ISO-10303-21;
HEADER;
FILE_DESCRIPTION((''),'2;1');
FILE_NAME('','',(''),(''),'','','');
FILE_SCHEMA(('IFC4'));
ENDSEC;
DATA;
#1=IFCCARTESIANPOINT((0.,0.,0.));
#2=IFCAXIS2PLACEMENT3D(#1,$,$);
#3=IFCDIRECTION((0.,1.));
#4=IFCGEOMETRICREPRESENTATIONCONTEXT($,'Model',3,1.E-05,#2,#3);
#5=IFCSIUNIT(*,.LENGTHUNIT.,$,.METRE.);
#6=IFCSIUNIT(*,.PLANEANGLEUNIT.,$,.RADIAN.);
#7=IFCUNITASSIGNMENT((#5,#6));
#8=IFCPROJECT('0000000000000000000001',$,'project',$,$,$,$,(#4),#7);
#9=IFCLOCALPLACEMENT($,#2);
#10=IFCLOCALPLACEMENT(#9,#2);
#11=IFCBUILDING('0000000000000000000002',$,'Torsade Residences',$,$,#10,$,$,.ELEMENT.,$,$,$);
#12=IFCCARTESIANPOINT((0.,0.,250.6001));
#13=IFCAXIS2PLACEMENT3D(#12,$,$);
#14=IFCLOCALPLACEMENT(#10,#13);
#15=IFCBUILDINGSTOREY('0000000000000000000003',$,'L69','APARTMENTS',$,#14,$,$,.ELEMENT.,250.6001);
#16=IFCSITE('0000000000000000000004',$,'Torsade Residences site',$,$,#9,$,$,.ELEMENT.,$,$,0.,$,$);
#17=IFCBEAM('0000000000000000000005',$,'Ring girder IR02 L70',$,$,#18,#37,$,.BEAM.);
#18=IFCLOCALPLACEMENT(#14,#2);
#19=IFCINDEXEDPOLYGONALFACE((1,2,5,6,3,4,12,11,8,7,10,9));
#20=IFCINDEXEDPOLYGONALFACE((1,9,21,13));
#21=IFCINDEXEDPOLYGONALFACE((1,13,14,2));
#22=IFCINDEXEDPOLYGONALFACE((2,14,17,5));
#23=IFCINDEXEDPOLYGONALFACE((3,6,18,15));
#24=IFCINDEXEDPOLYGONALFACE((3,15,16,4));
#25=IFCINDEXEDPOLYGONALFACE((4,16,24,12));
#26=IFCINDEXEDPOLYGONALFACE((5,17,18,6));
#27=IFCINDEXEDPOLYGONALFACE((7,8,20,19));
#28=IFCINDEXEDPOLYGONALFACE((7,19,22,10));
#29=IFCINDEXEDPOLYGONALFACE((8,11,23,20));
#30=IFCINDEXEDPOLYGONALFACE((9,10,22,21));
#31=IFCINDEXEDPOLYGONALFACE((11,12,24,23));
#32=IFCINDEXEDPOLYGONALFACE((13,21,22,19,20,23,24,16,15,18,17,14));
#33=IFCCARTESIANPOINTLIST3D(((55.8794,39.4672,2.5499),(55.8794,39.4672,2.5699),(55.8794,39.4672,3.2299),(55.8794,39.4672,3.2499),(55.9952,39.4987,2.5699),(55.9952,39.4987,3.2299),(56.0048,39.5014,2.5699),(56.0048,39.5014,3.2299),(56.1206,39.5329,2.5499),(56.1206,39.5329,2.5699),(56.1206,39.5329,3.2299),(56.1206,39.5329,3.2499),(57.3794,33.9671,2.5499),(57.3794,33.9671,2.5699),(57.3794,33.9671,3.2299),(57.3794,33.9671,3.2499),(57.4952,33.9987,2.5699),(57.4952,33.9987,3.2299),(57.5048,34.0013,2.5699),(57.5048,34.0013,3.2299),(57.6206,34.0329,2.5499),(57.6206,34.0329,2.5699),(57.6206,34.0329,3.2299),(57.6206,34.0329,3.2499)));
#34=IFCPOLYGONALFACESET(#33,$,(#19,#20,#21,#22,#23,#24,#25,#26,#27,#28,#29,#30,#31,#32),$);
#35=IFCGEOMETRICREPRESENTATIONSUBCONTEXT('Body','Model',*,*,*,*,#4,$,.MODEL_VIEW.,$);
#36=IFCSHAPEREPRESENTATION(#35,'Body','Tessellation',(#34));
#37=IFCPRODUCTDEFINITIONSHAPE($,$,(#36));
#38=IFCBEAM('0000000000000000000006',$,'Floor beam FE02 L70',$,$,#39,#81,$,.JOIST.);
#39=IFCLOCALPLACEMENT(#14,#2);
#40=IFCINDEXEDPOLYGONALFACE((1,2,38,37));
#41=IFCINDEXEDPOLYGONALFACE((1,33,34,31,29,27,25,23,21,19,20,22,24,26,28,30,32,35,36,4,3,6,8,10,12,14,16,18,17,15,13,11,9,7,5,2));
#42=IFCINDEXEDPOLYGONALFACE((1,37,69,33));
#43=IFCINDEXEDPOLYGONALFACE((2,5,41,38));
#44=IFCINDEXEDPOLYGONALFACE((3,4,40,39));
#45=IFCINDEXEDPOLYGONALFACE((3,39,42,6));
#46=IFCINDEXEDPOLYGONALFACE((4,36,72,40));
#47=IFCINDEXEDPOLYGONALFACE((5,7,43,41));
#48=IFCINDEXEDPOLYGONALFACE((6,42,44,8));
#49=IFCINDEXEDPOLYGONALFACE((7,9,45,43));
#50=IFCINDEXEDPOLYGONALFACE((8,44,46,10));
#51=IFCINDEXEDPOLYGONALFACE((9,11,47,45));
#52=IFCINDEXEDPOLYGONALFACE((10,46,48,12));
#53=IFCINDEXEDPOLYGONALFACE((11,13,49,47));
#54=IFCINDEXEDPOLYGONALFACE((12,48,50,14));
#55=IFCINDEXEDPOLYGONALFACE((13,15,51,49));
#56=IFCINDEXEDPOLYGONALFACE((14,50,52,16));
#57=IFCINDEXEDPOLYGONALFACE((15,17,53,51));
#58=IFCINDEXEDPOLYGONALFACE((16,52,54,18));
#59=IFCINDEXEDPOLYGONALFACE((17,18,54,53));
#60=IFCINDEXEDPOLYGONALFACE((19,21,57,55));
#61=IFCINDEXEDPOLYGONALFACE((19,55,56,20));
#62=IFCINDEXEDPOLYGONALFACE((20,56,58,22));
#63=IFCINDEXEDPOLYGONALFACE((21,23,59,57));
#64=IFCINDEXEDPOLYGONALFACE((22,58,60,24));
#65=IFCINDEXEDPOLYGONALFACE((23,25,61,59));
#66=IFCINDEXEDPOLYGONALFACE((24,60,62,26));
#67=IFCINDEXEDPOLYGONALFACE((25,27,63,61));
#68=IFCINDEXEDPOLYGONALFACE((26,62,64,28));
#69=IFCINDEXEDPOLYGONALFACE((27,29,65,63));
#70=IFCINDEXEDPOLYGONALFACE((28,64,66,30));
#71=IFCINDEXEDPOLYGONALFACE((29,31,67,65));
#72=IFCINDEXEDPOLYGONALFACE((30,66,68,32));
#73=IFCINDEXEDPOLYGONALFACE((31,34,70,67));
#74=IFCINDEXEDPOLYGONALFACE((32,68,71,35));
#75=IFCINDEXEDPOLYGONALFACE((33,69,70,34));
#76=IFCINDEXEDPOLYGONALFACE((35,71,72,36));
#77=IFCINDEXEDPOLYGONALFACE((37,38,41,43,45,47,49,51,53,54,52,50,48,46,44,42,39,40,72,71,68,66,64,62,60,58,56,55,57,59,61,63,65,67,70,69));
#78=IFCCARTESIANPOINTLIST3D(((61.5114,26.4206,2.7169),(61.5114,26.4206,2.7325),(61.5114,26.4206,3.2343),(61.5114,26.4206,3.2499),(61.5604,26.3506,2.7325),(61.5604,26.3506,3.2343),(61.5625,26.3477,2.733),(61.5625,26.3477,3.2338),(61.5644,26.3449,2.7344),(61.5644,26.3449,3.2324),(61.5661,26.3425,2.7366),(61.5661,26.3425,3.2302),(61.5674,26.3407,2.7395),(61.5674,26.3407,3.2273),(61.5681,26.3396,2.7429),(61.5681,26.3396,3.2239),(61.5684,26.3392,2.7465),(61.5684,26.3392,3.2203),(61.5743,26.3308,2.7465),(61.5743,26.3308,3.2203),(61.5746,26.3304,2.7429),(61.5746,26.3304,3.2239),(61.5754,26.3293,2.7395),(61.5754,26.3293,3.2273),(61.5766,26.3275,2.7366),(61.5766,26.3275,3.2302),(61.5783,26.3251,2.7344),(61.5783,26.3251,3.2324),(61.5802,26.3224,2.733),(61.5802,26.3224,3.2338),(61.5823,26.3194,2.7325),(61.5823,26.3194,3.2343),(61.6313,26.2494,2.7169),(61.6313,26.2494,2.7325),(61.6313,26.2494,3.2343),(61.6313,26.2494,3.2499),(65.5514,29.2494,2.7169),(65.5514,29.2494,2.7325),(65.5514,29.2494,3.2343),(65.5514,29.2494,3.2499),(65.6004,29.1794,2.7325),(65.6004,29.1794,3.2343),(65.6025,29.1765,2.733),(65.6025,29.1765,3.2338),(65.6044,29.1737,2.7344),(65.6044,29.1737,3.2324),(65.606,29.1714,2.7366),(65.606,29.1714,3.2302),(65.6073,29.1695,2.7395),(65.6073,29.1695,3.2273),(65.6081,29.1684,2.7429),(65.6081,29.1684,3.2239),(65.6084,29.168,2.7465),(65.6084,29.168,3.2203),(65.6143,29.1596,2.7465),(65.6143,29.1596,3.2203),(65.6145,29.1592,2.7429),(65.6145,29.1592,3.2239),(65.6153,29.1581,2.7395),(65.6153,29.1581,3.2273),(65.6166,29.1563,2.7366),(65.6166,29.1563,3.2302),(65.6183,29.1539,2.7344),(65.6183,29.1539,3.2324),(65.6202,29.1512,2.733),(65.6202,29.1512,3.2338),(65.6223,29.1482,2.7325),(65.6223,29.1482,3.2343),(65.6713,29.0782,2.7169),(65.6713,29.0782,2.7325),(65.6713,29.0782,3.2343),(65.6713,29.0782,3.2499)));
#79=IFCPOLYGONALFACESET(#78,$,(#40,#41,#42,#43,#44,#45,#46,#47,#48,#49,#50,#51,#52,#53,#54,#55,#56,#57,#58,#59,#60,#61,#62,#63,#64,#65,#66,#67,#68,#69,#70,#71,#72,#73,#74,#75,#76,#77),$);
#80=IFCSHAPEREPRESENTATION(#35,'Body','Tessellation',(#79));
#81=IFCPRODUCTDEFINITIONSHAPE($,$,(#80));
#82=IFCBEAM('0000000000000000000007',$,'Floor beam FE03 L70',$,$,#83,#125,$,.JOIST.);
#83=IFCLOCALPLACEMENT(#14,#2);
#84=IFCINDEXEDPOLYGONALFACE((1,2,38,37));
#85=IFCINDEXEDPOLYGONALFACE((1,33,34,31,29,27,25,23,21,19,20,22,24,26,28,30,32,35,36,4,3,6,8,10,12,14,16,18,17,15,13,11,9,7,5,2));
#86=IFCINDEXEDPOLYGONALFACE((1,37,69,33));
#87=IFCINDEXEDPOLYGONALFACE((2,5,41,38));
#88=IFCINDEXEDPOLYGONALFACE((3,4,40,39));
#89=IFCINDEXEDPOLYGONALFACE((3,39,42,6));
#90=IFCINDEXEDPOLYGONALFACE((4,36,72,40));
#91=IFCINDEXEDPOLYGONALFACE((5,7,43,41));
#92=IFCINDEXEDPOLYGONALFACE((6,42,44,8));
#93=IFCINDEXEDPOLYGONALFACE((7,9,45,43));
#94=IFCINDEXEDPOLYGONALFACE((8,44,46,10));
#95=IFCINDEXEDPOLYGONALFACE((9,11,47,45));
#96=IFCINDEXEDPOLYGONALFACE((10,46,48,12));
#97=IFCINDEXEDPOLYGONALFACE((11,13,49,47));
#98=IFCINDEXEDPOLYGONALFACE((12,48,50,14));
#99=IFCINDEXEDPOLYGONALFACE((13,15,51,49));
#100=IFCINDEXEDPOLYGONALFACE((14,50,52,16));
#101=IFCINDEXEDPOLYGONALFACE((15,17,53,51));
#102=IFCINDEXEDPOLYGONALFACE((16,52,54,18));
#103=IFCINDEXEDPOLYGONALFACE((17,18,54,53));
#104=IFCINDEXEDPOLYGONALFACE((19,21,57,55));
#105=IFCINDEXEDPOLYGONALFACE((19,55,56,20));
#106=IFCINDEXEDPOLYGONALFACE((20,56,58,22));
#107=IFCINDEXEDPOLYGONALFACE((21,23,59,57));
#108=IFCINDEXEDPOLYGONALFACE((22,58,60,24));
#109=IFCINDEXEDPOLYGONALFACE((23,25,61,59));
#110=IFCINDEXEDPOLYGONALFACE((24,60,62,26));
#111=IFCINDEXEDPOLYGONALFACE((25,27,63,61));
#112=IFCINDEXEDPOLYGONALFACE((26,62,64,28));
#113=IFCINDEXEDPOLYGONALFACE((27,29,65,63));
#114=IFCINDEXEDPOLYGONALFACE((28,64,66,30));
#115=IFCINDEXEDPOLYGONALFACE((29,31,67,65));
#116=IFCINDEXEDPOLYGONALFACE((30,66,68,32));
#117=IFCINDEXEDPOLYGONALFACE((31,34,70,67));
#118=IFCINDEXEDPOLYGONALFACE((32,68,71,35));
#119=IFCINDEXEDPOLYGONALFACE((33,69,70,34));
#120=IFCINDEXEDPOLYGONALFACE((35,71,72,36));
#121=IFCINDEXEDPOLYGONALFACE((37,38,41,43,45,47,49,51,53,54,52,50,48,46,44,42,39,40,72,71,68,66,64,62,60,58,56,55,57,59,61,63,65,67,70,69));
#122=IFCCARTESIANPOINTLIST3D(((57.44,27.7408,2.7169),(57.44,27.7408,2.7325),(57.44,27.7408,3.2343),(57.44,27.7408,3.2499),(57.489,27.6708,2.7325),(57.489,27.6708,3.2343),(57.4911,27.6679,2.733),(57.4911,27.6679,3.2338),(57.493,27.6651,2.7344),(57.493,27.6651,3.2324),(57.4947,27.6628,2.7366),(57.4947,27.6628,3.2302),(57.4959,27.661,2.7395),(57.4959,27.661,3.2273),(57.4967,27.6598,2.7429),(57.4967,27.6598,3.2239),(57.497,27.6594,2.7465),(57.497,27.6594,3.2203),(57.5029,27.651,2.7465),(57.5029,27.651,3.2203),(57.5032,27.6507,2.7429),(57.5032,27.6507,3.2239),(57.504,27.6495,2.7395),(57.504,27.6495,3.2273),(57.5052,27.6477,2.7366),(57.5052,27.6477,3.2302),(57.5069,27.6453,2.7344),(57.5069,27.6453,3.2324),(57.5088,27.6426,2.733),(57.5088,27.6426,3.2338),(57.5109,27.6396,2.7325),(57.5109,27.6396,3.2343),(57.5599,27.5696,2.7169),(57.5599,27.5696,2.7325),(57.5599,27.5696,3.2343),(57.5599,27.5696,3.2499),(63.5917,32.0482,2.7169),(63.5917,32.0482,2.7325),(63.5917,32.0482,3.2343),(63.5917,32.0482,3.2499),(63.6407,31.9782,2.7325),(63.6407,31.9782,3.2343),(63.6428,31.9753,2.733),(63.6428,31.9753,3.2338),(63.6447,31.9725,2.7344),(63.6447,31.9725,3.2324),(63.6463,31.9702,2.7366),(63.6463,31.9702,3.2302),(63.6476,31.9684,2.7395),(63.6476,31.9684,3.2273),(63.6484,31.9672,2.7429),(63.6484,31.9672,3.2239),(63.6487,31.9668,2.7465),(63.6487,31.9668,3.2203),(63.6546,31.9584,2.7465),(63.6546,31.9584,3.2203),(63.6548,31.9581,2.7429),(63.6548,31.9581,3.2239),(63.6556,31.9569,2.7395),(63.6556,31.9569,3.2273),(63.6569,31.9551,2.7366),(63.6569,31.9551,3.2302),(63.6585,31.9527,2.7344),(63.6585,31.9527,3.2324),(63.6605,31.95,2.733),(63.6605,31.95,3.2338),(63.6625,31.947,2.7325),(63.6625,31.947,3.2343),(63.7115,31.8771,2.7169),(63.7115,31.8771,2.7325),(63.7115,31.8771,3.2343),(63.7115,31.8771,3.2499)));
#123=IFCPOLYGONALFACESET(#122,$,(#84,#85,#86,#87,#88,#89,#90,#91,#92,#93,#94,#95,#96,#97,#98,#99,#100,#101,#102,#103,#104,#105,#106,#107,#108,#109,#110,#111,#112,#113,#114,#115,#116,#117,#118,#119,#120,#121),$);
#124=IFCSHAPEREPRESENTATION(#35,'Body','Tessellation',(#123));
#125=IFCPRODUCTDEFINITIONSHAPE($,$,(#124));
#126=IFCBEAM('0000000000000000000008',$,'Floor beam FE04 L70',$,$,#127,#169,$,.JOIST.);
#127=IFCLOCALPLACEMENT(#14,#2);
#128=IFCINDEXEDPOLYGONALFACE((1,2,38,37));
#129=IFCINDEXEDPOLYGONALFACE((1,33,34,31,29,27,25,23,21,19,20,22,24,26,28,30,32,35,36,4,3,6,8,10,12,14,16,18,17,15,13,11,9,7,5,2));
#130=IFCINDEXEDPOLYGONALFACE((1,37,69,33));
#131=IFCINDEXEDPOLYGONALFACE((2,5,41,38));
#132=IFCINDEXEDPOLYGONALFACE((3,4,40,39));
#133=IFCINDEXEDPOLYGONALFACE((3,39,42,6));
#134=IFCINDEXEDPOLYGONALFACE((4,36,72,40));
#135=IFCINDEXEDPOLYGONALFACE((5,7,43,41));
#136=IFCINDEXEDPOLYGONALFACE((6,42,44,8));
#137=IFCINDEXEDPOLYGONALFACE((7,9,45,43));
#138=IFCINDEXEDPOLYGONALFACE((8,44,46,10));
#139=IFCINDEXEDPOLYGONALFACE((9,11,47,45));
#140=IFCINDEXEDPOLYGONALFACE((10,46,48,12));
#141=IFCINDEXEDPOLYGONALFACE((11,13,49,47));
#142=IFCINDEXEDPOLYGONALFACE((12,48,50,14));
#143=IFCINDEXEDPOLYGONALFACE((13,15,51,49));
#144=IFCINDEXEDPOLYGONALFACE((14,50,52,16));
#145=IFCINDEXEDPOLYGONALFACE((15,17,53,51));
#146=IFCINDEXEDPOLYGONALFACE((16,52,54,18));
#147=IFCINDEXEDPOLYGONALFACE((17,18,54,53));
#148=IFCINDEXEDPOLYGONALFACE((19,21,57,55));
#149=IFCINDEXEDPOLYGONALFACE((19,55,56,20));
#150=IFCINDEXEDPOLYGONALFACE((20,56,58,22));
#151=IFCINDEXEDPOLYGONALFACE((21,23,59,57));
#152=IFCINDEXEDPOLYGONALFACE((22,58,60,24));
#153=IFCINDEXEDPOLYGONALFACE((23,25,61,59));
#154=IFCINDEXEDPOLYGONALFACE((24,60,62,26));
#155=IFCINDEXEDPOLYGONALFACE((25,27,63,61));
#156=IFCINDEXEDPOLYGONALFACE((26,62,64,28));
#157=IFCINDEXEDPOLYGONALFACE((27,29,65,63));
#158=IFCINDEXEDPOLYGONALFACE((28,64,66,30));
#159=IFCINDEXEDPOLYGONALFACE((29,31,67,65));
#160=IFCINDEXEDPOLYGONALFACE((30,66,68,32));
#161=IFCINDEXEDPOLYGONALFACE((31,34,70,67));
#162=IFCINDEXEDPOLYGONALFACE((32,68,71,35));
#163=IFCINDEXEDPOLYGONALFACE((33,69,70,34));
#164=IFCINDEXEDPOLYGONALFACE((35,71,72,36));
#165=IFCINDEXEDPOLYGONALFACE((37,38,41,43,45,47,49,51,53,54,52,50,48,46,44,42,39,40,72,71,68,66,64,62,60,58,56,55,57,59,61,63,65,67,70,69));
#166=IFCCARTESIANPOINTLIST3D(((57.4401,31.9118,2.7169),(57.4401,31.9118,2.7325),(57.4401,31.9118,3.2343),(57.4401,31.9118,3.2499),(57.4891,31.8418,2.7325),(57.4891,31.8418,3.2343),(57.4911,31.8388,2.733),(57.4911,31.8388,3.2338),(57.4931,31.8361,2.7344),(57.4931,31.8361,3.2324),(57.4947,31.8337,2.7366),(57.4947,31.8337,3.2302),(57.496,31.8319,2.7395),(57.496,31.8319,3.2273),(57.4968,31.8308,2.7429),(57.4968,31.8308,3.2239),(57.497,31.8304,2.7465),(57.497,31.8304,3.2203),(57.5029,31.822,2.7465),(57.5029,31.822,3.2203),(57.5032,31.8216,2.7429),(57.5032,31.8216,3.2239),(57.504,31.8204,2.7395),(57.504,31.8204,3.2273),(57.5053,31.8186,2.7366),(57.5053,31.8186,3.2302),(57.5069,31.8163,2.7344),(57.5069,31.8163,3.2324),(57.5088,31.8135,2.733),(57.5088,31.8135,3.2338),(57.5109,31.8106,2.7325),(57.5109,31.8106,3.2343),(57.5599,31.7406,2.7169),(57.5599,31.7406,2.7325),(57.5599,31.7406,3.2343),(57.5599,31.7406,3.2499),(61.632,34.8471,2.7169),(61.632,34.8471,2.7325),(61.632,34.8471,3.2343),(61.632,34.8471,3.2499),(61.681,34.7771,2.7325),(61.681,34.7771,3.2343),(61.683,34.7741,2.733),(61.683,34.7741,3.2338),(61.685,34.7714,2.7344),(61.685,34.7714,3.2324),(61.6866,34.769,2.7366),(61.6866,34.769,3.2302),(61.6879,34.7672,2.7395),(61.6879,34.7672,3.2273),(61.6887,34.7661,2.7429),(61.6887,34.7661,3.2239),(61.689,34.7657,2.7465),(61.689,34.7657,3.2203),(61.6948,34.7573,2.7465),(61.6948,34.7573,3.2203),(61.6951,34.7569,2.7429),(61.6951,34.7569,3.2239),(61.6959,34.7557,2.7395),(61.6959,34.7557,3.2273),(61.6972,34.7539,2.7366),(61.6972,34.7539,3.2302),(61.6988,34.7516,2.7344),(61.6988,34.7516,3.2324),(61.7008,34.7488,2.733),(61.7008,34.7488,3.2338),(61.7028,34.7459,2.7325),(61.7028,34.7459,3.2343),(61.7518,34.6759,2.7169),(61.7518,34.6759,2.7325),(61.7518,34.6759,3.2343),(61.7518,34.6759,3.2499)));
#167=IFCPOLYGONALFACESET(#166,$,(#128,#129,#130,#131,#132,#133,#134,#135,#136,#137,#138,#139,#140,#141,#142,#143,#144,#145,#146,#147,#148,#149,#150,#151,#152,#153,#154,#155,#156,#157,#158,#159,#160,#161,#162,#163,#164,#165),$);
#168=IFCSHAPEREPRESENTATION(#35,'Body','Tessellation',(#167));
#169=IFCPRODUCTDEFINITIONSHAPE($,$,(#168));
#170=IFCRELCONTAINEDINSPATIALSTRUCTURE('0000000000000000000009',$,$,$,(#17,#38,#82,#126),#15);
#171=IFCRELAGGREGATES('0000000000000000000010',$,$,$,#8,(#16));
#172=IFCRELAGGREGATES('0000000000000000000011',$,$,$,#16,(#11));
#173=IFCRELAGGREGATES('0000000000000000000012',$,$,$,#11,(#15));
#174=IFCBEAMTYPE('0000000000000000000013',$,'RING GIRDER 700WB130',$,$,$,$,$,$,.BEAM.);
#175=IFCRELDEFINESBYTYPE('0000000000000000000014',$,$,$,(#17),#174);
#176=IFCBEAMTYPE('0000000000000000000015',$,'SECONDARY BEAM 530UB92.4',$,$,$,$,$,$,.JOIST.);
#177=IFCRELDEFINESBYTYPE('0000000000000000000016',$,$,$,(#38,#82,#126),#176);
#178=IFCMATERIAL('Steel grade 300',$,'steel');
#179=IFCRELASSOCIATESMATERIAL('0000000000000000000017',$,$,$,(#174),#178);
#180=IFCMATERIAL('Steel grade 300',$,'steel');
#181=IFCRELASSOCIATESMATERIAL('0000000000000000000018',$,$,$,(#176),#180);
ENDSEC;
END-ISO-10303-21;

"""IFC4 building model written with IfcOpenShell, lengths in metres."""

from ifc_helpers import new_model, si_unit, direction, frame, origin, origin_2d, place, context, subcontext, project, spatial, i_section, extrude, material, material_profile, profile_set, type_object, element, save


model = new_model("IFC4")

# Units and contexts
model_context = context("Model", 3, precision=1e-05, world=origin(), true_north=direction((0.0, 1.0)))
body_context = subcontext(model_context, "Body", "Model", "MODEL_VIEW")
ifc_project = project(units=[si_unit("LENGTHUNIT", "METRE"), si_unit("PLANEANGLEUNIT", "RADIAN")], contexts=[model_context])

# Site, building, storey
site_placement = place(None, origin())
site = spatial("IfcSite", under=ifc_project, at=site_placement, Name="Torsade Residences site", CompositionType="ELEMENT", RefElevation=0.0)
building_placement = place(site_placement, origin())
building = spatial("IfcBuilding", under=site, at=building_placement, Name="Torsade Residences", CompositionType="ELEMENT")
storey_placement = place(building_placement, frame((0.0, 0.0, 250.6001)))
storey = spatial("IfcBuildingStorey", under=building, at=storey_placement, Name="L69", Description="APARTMENTS", CompositionType="ELEMENT", Elevation=250.6001)

# Beams
ifc_material_1 = material(Name="Steel grade 300", Category="steel")
ifc_material_profile_1 = material_profile(ifc_material_1, i_section(OverallWidth=0.25, OverallDepth=0.7, WebThickness=0.01, FlangeThickness=0.02, at=origin_2d()), Name="700WB130")
ifc_profile_set_1 = profile_set([ifc_material_profile_1], Name="Steel grade 300")
beam_type_1 = type_object("IfcBeamType", Name="RING GIRDER 700WB130", PredefinedType="BEAM", material=ifc_profile_set_1)
beam_1_placement = place(storey_placement, frame((57.5, 34.0, 2.8999), z_axis=(-0.263117, 0.964764, 0.0), x_axis=(-0.964764, -0.263117, 0.0)))
element("IfcBeam", 1, at=beam_1_placement, inside=storey, type_object=beam_type_1, Name="Ring girder IR02 L70", PredefinedType="BEAM", context=body_context, shape_type="SweptSolid", body=[
    extrude(i_section(OverallWidth=0.25, OverallDepth=0.7, WebThickness=0.01, FlangeThickness=0.02, at=origin_2d()), origin(), (0.0, 0.0, 1.0), 5.7009),
])
ifc_material_2 = material(Name="Steel grade 300", Category="steel")
ifc_material_profile_2 = material_profile(ifc_material_2, i_section(OverallWidth=0.209, OverallDepth=0.533, WebThickness=0.0103, FlangeThickness=0.0156, FilletRadius=0.0139, at=origin_2d()), Name="530UB92.4")
ifc_profile_set_2 = profile_set([ifc_material_profile_2], Name="Steel grade 300")
beam_type_2 = type_object("IfcBeamType", Name="SECONDARY BEAM 530UB92.4", PredefinedType="JOIST", material=ifc_profile_set_2)
beam_2_placement = place(storey_placement, frame((65.6113, 29.1638, 2.9834), z_axis=(-0.819153, -0.573575, 0.0), x_axis=(0.573575, -0.819153, 0.0)))
element("IfcBeam", 2, at=beam_2_placement, inside=storey, type_object=beam_type_2, Name="Floor beam FE02 L70", PredefinedType="JOIST", context=body_context, shape_type="SweptSolid", body=[
    extrude(i_section(OverallWidth=0.209, OverallDepth=0.533, WebThickness=0.0103, FlangeThickness=0.0156, FilletRadius=0.0139, at=origin_2d()), origin(), (0.0, 0.0, 1.0), 4.9319),
])
beam_3_placement = place(storey_placement, frame((63.6516, 31.9626, 2.9834), z_axis=(-0.819154, -0.573574, 0.0), x_axis=(0.573574, -0.819154, 0.0)))
element("IfcBeam", 3, at=beam_3_placement, inside=storey, type_object=beam_type_2, Name="Floor beam FE03 L70", PredefinedType="JOIST", context=body_context, shape_type="SweptSolid", body=[
    extrude(i_section(OverallWidth=0.209, OverallDepth=0.533, WebThickness=0.0103, FlangeThickness=0.0156, FilletRadius=0.0139, at=origin_2d()), origin(), (0.0, 0.0, 1.0), 7.5098),
])
beam_4_placement = place(storey_placement, frame((61.6919, 34.7615, 2.9834), z_axis=(-0.819142, -0.57359, 0.0), x_axis=(0.57359, -0.819142, 0.0)))
element("IfcBeam", 4, at=beam_4_placement, inside=storey, type_object=beam_type_2, Name="Floor beam FE04 L70", PredefinedType="JOIST", context=body_context, shape_type="SweptSolid", body=[
    extrude(i_section(OverallWidth=0.209, OverallDepth=0.533, WebThickness=0.0103, FlangeThickness=0.0156, FilletRadius=0.0139, at=origin_2d()), origin(), (0.0, 0.0, 1.0), 5.1174),
])

save(model, "model.ifc")
